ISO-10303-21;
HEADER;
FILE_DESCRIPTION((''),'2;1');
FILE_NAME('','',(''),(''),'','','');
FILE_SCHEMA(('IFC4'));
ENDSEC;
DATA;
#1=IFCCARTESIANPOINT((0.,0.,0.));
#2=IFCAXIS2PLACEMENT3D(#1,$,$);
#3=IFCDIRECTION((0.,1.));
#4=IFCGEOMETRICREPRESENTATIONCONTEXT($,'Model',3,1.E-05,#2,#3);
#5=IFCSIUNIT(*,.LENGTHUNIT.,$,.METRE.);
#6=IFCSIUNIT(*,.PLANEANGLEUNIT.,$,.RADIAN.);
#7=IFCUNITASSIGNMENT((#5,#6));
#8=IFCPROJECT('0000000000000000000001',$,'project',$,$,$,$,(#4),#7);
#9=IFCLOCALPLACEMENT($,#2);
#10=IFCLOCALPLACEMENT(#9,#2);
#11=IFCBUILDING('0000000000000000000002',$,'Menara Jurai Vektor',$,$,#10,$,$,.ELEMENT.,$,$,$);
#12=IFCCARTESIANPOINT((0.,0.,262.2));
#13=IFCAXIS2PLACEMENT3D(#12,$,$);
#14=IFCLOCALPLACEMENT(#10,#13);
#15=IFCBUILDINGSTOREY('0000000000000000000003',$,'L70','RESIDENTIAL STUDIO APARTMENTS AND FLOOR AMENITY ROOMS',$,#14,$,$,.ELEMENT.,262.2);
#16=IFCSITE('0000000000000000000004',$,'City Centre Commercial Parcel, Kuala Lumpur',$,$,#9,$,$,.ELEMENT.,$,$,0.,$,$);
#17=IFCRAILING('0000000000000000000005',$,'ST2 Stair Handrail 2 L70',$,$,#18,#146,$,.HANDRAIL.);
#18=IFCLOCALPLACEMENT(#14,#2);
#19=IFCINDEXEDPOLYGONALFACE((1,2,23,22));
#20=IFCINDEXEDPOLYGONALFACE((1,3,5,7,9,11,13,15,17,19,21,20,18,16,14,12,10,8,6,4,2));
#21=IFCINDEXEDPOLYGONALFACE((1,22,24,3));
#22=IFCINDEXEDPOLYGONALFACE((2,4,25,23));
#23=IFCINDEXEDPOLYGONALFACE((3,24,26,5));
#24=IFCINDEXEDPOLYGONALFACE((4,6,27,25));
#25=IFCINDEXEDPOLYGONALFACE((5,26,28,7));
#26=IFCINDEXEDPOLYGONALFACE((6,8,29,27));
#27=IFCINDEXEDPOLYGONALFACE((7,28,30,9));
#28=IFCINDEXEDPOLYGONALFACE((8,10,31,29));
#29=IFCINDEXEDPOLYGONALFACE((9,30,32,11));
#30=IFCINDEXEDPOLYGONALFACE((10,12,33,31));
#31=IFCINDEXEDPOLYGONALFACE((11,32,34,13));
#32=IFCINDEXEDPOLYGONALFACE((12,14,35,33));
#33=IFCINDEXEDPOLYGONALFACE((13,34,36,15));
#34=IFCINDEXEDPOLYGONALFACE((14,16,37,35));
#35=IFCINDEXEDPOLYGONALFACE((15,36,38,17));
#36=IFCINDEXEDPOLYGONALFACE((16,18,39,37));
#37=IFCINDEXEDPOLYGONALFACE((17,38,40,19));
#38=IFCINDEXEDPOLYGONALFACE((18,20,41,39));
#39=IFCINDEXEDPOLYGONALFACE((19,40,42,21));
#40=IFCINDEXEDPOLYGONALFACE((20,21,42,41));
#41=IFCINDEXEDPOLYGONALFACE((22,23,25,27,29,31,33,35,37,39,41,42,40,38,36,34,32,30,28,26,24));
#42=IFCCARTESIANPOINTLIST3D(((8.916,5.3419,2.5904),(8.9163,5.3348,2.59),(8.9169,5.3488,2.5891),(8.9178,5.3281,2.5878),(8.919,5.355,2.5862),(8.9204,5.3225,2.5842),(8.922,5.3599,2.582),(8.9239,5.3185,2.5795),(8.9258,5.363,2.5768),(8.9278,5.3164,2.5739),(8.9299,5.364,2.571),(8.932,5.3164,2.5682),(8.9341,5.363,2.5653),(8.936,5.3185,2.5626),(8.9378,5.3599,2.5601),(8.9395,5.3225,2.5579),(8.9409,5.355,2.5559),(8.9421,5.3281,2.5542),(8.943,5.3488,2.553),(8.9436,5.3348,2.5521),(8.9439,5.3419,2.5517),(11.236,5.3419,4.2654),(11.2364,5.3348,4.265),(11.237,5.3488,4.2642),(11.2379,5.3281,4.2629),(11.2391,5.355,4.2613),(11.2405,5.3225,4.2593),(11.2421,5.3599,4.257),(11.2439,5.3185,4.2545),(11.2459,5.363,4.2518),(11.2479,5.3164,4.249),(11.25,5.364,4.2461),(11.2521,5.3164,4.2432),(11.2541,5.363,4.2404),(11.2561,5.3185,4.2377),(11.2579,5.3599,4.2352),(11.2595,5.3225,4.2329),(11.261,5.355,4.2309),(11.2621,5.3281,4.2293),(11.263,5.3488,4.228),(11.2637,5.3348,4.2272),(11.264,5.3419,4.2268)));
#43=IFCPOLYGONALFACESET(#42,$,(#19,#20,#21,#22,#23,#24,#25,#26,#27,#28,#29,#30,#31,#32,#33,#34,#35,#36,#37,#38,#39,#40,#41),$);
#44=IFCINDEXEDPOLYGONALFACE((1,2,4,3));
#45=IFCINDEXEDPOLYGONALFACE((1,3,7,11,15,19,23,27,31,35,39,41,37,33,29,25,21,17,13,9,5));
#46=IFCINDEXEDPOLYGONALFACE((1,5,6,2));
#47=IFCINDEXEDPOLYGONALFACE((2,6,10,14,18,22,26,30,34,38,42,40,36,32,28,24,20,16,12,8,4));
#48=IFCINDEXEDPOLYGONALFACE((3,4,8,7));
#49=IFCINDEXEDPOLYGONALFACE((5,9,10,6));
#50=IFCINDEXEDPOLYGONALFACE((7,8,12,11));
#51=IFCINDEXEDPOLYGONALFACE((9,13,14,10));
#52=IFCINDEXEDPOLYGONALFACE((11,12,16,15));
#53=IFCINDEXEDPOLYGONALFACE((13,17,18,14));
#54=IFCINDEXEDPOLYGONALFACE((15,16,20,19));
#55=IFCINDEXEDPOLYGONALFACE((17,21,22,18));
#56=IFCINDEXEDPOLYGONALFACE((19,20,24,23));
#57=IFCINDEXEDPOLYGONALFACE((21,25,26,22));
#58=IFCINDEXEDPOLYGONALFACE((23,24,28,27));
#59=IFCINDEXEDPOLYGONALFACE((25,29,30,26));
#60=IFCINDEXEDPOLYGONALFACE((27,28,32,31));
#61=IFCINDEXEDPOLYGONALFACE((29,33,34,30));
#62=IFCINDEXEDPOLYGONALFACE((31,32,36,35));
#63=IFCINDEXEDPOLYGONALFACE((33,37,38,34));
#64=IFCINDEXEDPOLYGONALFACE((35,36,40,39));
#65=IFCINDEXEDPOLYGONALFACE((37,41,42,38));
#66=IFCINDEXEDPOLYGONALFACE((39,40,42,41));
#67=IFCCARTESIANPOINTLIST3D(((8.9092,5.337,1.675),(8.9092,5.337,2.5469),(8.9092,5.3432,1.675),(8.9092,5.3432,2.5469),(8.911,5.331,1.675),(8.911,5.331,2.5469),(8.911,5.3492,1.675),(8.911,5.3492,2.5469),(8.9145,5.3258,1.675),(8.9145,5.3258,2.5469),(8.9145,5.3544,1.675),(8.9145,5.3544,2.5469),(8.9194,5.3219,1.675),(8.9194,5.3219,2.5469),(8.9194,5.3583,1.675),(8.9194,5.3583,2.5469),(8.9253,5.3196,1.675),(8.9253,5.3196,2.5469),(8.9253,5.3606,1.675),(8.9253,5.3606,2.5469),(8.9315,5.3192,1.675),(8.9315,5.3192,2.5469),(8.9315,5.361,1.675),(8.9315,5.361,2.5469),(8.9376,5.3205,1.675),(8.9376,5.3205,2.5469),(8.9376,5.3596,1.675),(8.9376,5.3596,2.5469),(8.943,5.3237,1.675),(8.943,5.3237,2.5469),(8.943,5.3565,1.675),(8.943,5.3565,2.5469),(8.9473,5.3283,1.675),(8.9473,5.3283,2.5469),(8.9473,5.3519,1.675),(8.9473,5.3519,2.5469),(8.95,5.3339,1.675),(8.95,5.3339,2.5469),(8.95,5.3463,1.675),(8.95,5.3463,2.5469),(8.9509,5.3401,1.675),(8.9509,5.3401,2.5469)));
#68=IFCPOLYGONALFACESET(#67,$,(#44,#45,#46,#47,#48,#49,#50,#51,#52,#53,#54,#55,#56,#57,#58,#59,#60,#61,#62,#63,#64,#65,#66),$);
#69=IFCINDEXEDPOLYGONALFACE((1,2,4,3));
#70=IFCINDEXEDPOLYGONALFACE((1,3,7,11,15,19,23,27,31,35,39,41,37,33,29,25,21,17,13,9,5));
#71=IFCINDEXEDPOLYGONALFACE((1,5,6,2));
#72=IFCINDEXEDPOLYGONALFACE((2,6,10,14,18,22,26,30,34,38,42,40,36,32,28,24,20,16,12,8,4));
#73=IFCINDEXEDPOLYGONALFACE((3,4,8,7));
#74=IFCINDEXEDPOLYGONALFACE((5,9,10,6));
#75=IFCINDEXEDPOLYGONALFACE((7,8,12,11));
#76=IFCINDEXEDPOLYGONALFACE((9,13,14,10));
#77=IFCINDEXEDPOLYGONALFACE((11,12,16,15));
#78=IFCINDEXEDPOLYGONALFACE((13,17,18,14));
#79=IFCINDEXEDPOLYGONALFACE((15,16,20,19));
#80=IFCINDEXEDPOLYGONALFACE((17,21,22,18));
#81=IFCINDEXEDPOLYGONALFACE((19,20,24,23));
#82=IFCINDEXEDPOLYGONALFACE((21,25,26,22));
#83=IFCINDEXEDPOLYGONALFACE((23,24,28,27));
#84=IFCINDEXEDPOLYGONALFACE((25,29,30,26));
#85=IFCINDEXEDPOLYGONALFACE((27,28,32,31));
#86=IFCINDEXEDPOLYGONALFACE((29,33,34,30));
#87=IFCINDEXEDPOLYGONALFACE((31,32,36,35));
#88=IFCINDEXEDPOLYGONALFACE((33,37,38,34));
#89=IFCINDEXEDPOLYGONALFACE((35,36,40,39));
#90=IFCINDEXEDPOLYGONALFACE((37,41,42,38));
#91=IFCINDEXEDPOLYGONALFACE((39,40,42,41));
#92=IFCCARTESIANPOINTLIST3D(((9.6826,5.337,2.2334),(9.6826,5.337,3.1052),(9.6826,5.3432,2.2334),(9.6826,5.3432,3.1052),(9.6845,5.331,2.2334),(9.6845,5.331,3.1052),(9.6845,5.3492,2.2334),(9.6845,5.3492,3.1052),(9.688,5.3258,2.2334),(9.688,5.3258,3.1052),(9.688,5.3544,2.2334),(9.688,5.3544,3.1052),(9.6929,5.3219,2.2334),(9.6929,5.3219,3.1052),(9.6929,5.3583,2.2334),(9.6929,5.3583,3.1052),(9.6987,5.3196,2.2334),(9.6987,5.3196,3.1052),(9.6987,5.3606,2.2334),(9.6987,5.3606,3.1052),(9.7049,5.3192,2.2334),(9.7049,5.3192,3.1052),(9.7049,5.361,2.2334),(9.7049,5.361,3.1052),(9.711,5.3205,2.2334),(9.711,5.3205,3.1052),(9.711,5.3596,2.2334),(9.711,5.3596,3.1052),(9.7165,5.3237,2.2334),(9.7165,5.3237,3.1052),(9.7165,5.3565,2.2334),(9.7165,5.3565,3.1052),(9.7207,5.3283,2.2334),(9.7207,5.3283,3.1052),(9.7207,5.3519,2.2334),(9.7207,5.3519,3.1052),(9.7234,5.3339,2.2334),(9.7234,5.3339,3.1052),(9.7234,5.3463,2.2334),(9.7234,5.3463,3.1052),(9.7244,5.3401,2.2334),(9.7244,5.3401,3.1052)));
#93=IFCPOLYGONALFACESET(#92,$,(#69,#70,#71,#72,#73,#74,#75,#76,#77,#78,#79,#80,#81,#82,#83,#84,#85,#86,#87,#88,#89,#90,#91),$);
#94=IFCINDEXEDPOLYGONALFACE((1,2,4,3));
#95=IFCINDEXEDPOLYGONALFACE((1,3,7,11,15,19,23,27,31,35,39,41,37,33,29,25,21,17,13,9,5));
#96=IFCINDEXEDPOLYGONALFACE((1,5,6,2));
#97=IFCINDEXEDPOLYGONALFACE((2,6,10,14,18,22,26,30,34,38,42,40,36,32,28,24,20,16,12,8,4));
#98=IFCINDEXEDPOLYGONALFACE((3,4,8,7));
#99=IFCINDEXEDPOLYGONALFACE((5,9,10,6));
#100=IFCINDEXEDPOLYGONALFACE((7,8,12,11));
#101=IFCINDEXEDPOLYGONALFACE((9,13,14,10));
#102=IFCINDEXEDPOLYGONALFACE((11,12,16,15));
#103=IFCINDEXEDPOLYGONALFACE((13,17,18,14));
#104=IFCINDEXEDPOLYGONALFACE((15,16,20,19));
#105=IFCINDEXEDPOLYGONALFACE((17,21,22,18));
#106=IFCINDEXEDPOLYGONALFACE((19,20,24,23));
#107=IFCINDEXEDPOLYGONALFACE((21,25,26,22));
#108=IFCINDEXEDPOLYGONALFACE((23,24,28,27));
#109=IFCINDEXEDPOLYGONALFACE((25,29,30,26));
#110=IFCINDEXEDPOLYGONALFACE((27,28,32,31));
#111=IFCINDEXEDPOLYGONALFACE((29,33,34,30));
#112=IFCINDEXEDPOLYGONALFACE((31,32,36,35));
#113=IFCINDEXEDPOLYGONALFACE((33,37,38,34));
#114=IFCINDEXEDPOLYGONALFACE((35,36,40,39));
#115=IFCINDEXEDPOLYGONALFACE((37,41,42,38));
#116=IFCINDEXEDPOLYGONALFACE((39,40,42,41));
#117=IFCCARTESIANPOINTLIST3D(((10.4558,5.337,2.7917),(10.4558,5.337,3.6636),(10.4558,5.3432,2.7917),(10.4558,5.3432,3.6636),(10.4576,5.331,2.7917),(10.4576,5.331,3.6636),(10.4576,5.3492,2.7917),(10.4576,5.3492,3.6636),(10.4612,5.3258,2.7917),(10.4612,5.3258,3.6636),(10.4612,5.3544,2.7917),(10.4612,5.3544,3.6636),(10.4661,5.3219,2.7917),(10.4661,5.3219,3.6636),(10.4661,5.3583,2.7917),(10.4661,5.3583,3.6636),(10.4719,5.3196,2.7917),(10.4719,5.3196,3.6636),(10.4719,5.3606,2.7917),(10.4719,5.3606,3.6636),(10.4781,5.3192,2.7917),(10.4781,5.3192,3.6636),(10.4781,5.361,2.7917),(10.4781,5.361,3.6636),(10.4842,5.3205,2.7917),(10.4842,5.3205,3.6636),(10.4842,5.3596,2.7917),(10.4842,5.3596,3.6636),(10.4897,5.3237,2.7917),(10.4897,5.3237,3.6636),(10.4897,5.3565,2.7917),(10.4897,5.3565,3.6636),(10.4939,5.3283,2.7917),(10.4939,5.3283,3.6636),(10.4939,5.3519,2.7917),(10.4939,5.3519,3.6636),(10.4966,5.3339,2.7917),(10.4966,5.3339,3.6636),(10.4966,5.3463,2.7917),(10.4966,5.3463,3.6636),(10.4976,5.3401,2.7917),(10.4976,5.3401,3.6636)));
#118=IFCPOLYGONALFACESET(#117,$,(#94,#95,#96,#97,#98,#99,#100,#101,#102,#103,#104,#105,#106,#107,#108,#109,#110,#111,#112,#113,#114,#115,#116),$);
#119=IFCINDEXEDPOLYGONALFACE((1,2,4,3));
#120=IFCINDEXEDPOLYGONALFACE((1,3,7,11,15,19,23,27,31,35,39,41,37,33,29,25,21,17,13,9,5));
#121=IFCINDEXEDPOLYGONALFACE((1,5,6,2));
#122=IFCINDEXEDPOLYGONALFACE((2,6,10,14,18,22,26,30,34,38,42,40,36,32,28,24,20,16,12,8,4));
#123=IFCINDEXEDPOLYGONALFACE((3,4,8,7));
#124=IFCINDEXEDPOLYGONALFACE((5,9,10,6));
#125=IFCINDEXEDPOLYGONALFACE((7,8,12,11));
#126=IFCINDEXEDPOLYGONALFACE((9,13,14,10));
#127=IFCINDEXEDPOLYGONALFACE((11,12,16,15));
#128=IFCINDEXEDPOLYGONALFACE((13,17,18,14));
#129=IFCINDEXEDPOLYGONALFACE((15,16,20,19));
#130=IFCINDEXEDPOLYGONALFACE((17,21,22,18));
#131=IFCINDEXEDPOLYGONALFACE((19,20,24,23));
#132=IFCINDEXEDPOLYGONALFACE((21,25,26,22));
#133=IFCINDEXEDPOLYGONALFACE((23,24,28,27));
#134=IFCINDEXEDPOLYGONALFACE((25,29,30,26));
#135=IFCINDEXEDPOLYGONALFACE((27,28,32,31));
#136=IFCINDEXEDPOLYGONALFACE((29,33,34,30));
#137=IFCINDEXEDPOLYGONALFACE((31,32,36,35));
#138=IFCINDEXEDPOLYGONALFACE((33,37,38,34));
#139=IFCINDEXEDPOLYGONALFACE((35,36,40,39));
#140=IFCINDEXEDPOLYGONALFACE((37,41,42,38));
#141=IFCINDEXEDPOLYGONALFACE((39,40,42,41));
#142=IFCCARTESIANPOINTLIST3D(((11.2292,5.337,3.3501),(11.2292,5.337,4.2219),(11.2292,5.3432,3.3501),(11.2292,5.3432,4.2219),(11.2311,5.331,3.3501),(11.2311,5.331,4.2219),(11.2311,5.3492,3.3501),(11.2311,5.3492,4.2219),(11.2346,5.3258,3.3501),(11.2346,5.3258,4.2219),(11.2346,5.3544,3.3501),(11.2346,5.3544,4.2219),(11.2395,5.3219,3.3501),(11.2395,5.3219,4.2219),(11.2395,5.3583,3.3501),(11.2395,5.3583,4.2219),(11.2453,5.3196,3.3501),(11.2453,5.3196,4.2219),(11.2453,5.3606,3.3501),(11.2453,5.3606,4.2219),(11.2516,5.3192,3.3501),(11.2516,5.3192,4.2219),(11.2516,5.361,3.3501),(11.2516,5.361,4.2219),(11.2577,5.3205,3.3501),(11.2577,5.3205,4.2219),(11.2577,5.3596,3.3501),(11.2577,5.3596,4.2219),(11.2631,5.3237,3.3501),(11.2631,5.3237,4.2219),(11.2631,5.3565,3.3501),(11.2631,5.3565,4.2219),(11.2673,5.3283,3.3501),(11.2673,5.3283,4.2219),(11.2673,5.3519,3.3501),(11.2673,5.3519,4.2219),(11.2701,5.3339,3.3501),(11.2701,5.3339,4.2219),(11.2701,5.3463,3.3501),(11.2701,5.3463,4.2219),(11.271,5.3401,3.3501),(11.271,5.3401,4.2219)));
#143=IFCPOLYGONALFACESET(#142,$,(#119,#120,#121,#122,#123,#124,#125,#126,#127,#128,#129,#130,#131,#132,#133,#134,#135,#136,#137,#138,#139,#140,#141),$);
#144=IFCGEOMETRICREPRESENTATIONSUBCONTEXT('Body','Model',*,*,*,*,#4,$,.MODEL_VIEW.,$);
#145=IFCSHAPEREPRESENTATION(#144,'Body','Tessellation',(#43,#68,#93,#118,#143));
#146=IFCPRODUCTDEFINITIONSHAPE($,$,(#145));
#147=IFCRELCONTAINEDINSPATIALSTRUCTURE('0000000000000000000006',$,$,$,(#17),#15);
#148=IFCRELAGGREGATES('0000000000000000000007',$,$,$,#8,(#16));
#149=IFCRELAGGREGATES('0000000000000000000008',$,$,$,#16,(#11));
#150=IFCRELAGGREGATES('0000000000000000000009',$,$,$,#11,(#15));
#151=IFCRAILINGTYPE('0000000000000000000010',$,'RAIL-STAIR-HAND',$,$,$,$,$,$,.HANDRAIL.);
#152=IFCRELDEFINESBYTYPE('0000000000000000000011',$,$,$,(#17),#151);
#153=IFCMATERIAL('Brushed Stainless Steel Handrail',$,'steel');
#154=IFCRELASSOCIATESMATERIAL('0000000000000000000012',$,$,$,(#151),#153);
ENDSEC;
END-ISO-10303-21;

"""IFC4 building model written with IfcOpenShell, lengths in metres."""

from ifc_helpers import new_model, si_unit, direction, frame, origin, origin_2d, place, context, subcontext, project, spatial, circle, extrude, material, type_object, element, save


model = new_model("IFC4")

# Units and contexts
model_context = context("Model", 3, precision=1e-05, world=origin(), true_north=direction((0.0, 1.0)))
body_context = subcontext(model_context, "Body", "Model", "MODEL_VIEW")
ifc_project = project(units=[si_unit("LENGTHUNIT", "METRE"), si_unit("PLANEANGLEUNIT", "RADIAN")], contexts=[model_context])

# Site, building, storey
site_placement = place(None, origin())
site = spatial("IfcSite", under=ifc_project, at=site_placement, Name="City Centre Commercial Parcel, Kuala Lumpur", CompositionType="ELEMENT", RefElevation=0.0)
building_placement = place(site_placement, origin())
building = spatial("IfcBuilding", under=site, at=building_placement, Name="Menara Jurai Vektor", CompositionType="ELEMENT")
storey_placement = place(building_placement, frame((0.0, 0.0, 262.2)))
storey = spatial("IfcBuildingStorey", under=building, at=storey_placement, Name="L70", Description="RESIDENTIAL STUDIO APARTMENTS AND FLOOR AMENITY ROOMS", CompositionType="ELEMENT", Elevation=262.2)

# Railing
ifc_material_1 = material(Name="Brushed Stainless Steel Handrail", Category="steel")
railing_type_1 = type_object("IfcRailingType", Name="RAIL-STAIR-HAND", PredefinedType="HANDRAIL", material=ifc_material_1)
railing_1_placement = place(storey_placement, frame((8.9299, 5.3401, 1.675)))
element("IfcRailing", 1, at=railing_1_placement, inside=storey, type_object=railing_type_1, Name="ST2 Stair Handrail 2 L70", PredefinedType="HANDRAIL", context=body_context, shape_type="SweptSolid", body=[
    extrude(circle(Radius=0.0239, at=origin_2d()), frame((0.0, 0.0, 0.896), z_axis=(0.810771, 0.0, 0.585363), x_axis=(0.0, 1.0, 0.0)), (0.0, 0.0, 1.0), 2.8616),
    extrude(circle(Radius=0.021, at=origin_2d()), origin(), (0.0, 0.0, 1.0), 0.8718),
    extrude(circle(Radius=0.021, at=origin_2d()), frame((0.7734, 0.0, 0.5583)), (0.0, 0.0, 1.0), 0.8718),
    extrude(circle(Radius=0.021, at=origin_2d()), frame((1.5466, 0.0, 1.1167)), (0.0, 0.0, 1.0), 0.8718),
    extrude(circle(Radius=0.021, at=origin_2d()), frame((2.3201, 0.0, 1.675)), (0.0, 0.0, 1.0), 0.8718),
])

save(model, "model.ifc")
